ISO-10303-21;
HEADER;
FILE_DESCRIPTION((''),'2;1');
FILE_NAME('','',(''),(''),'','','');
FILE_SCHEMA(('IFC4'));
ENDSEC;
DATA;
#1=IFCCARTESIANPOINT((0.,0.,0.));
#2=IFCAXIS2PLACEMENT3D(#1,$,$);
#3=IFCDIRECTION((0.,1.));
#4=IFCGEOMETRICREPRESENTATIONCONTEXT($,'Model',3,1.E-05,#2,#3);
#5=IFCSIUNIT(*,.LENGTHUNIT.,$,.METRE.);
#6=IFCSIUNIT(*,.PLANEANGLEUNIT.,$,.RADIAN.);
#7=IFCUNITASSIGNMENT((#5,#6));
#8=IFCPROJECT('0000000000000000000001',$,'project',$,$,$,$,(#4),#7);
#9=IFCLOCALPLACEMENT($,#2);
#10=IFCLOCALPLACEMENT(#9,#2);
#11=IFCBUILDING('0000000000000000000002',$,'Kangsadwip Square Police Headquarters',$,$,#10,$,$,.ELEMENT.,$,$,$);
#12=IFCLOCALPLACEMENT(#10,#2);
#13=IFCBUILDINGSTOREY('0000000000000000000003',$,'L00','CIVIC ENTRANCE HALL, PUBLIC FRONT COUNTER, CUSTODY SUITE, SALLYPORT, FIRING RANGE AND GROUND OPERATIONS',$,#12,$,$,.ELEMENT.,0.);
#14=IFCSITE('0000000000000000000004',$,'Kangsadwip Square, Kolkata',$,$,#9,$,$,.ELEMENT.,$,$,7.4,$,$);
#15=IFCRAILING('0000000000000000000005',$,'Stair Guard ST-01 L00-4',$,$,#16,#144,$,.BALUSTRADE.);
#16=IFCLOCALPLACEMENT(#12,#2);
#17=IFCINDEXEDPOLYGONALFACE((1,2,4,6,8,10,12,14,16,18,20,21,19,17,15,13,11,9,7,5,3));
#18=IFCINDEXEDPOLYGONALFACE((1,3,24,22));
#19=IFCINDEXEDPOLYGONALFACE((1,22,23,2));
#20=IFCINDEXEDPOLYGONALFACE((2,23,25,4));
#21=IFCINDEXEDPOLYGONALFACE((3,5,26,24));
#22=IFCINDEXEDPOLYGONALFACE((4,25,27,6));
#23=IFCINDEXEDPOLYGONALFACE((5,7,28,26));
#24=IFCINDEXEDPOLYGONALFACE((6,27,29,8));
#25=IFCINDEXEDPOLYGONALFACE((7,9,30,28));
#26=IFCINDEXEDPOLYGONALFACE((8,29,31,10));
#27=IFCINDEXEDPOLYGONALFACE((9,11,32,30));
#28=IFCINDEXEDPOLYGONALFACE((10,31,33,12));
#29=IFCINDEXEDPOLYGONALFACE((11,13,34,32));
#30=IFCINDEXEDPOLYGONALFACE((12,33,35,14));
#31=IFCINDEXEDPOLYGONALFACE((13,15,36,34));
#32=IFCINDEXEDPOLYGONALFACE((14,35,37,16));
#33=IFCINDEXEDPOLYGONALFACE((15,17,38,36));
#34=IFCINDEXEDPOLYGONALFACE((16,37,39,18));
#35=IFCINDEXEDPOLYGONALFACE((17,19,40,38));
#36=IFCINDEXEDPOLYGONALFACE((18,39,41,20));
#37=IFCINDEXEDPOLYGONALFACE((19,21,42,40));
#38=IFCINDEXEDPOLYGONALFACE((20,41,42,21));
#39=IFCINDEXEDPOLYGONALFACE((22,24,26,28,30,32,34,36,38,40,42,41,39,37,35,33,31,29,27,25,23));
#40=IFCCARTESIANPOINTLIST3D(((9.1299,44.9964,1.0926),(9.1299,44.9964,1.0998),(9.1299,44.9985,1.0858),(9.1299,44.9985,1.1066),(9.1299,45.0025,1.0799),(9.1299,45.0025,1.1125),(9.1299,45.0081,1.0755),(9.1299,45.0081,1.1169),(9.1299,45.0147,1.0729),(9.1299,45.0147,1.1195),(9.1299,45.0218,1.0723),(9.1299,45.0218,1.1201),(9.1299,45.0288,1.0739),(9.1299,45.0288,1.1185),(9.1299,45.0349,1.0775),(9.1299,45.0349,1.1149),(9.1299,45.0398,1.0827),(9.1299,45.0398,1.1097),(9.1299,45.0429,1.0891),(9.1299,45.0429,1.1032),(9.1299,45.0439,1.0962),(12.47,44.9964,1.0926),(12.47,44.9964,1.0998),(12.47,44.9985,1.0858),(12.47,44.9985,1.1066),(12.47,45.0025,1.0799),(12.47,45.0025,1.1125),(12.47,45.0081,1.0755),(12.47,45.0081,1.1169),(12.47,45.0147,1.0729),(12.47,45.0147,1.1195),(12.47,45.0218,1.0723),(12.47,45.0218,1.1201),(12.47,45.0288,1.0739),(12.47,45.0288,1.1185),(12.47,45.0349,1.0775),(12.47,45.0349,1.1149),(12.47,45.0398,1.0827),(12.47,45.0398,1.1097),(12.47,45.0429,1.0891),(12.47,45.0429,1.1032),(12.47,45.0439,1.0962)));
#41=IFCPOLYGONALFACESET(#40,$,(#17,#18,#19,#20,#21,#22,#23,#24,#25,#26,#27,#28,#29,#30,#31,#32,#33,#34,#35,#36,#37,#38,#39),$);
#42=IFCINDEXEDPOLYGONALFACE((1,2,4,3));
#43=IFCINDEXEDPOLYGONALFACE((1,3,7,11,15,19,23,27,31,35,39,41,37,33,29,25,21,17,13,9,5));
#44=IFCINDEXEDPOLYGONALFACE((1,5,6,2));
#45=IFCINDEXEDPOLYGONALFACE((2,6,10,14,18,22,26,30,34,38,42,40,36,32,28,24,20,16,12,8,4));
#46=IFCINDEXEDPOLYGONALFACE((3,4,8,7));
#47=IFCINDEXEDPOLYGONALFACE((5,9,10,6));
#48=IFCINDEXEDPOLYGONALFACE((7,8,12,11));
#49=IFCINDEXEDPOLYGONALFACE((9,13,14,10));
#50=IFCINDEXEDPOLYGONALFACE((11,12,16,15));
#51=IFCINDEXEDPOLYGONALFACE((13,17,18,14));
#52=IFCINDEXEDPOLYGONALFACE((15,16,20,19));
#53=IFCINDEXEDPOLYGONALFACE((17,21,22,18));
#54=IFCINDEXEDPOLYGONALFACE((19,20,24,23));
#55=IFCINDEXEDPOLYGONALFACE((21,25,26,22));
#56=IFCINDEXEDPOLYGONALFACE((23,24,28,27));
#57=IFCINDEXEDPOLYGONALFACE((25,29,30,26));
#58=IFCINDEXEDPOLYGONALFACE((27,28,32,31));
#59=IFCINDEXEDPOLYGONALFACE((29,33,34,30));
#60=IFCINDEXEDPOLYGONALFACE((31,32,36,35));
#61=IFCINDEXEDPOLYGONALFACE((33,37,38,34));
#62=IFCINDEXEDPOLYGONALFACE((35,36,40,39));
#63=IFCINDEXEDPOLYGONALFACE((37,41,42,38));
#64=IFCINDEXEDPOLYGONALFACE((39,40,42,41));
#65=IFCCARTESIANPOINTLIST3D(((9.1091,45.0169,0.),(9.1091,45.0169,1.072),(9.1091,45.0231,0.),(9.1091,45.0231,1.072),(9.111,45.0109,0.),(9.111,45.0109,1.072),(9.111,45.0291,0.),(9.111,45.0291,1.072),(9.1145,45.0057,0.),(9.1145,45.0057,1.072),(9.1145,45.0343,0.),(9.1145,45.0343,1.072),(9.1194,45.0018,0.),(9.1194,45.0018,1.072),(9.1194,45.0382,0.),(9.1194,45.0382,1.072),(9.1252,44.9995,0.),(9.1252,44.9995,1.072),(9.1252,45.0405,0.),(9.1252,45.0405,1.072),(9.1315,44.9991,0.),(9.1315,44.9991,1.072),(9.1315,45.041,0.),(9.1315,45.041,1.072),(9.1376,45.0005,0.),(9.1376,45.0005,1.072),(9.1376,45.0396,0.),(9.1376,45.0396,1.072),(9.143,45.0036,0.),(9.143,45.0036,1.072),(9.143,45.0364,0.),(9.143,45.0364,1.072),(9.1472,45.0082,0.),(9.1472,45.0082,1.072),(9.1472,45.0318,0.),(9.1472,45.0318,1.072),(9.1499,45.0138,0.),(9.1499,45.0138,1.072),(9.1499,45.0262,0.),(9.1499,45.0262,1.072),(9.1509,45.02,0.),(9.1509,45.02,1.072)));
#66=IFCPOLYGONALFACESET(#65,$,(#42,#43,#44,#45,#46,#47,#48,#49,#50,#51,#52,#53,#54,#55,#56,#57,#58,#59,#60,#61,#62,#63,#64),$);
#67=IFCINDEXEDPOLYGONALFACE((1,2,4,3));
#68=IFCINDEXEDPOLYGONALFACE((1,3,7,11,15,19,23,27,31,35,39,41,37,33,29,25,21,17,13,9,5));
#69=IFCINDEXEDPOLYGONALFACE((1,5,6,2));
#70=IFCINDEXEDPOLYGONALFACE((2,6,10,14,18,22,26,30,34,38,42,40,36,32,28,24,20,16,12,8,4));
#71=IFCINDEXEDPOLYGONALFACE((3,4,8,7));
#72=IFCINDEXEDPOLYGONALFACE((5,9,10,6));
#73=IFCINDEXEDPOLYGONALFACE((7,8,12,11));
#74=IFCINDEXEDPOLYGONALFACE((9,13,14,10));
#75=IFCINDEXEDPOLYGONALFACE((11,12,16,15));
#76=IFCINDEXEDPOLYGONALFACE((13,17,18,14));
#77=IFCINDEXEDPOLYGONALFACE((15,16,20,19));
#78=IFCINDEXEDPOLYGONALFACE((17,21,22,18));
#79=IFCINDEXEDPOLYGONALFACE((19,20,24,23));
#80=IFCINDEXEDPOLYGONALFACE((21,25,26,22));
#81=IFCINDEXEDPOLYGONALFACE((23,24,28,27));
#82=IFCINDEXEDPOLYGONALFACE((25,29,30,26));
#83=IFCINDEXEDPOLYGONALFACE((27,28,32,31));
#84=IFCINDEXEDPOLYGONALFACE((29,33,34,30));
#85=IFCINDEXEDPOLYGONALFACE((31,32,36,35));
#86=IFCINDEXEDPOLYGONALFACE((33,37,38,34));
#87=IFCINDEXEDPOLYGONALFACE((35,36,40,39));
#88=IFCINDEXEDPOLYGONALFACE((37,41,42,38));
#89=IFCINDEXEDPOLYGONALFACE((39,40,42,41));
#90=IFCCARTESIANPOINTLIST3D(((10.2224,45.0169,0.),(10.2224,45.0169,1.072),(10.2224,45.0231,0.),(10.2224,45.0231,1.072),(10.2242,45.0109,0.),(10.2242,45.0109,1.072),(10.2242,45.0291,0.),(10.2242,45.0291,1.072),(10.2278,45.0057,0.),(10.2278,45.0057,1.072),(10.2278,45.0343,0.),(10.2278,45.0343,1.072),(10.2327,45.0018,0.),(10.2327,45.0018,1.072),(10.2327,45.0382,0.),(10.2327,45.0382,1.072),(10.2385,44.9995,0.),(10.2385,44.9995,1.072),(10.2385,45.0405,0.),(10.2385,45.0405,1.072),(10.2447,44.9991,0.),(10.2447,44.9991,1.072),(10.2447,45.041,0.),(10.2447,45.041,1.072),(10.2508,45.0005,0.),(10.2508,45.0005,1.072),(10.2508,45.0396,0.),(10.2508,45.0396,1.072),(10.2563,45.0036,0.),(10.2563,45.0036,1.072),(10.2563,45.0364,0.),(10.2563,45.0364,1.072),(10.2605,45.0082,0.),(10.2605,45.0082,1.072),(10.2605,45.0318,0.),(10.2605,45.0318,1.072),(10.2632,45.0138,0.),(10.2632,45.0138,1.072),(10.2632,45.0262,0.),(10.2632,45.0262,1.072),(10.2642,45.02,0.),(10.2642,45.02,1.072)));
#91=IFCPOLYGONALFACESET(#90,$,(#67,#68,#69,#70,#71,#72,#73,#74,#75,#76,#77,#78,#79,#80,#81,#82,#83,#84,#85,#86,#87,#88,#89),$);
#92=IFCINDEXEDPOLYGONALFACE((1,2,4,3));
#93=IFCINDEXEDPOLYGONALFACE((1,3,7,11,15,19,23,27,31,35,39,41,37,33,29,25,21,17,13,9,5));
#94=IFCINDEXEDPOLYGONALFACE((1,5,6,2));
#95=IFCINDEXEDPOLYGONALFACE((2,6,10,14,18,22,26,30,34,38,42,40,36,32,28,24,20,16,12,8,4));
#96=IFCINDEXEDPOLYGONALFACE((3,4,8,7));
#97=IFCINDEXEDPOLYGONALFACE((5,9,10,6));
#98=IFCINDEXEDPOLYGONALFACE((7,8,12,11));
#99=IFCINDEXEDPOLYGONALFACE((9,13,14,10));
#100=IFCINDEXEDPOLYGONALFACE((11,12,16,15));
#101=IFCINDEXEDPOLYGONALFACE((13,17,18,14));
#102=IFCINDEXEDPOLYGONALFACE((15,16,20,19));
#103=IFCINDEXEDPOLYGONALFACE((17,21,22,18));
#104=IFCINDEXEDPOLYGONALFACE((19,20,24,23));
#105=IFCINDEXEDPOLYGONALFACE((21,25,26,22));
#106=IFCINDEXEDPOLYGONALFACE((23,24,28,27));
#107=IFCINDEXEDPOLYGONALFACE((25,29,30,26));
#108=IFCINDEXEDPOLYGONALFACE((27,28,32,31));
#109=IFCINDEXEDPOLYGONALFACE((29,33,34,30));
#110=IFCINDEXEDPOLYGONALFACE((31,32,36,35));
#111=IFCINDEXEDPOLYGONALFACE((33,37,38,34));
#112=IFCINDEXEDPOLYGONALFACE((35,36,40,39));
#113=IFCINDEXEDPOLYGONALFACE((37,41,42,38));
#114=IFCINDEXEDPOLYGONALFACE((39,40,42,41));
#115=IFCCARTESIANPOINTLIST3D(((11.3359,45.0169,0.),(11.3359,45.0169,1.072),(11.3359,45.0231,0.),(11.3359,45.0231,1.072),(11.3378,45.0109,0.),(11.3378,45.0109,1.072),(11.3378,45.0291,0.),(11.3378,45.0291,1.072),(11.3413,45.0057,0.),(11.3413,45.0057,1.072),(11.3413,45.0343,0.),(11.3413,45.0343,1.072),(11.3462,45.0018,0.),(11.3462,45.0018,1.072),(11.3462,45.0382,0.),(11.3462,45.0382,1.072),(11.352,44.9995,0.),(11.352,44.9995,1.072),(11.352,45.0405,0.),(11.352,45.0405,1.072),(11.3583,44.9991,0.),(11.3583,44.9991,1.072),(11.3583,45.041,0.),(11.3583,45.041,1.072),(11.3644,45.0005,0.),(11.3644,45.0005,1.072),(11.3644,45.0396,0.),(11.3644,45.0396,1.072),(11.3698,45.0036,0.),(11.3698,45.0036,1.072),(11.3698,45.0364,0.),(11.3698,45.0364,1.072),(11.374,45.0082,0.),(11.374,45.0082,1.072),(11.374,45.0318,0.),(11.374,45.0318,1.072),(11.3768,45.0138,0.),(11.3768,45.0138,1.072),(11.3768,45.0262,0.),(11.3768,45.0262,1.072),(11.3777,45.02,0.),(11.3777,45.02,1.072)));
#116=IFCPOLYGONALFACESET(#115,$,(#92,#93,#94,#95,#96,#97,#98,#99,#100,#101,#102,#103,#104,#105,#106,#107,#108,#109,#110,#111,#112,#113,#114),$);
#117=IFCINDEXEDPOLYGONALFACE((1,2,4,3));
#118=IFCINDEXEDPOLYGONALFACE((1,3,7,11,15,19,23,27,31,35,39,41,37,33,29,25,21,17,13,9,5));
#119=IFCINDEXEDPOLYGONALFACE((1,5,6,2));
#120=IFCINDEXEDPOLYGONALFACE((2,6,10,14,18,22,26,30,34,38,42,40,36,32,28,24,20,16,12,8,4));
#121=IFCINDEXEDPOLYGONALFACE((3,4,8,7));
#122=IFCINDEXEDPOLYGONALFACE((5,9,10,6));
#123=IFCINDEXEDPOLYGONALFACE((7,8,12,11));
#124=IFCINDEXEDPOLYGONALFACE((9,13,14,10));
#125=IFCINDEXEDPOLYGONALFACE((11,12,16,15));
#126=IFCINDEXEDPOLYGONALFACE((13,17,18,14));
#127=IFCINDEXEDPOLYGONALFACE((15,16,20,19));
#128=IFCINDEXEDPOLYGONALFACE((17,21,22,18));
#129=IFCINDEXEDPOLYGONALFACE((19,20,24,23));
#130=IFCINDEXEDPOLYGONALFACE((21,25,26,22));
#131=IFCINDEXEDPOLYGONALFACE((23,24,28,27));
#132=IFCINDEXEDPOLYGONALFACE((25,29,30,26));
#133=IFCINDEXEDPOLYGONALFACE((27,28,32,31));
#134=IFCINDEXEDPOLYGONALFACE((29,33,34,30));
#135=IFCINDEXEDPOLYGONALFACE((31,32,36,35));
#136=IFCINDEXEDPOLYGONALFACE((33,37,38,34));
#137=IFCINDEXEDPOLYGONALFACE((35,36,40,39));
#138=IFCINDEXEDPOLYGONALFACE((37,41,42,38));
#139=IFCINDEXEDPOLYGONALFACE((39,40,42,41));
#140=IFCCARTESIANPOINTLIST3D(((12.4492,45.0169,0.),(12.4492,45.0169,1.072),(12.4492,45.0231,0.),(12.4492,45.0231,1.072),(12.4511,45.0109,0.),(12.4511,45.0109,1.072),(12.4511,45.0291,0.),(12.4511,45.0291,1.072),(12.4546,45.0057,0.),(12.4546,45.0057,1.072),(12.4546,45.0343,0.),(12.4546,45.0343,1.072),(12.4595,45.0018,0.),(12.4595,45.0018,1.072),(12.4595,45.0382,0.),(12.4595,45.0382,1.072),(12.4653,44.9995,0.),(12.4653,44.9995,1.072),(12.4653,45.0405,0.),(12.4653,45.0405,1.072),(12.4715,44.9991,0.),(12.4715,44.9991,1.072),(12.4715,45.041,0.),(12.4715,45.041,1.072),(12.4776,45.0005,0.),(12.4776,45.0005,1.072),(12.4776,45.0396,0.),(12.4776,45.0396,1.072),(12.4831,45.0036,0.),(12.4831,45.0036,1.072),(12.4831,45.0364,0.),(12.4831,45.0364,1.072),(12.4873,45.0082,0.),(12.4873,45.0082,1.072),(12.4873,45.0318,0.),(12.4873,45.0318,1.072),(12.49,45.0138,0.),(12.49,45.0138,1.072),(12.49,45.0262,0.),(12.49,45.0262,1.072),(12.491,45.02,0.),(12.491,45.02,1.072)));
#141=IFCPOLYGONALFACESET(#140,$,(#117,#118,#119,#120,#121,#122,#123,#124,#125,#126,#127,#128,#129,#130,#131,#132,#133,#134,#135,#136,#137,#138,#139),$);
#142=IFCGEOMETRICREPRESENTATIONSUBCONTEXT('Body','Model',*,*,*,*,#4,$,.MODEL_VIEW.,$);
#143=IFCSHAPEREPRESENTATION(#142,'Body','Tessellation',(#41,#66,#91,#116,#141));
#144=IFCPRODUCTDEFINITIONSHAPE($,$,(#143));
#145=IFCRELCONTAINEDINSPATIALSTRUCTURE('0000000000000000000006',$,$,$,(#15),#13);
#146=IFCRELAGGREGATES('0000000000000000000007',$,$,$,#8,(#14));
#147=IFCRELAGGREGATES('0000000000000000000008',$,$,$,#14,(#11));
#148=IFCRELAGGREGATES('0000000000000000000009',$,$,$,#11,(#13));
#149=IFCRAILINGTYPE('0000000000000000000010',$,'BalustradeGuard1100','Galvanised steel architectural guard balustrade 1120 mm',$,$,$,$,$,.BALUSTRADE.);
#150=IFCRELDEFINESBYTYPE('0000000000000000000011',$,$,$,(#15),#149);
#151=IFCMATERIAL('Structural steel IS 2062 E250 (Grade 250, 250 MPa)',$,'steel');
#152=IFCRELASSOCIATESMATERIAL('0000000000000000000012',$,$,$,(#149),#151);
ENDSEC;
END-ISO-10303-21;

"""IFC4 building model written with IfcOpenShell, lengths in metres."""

from ifc_helpers import new_model, si_unit, direction, frame, origin, origin_2d, place, context, subcontext, project, spatial, circle, extrude, material, type_object, element, save


model = new_model("IFC4")

# Units and contexts
model_context = context("Model", 3, precision=1e-05, world=origin(), true_north=direction((0.0, 1.0)))
body_context = subcontext(model_context, "Body", "Model", "MODEL_VIEW")
ifc_project = project(units=[si_unit("LENGTHUNIT", "METRE"), si_unit("PLANEANGLEUNIT", "RADIAN")], contexts=[model_context])

# Site, building, storey
site_placement = place(None, origin())
site = spatial("IfcSite", under=ifc_project, at=site_placement, Name="Kangsadwip Square, Kolkata", CompositionType="ELEMENT", RefElevation=7.4)
building_placement = place(site_placement, origin())
building = spatial("IfcBuilding", under=site, at=building_placement, Name="Kangsadwip Square Police Headquarters", CompositionType="ELEMENT")
storey_placement = place(building_placement, origin())
storey = spatial("IfcBuildingStorey", under=building, at=storey_placement, Name="L00", Description="CIVIC ENTRANCE HALL, PUBLIC FRONT COUNTER, CUSTODY SUITE, SALLYPORT, FIRING RANGE AND GROUND OPERATIONS", CompositionType="ELEMENT", Elevation=0.0)

# Railing
ifc_material_1 = material(Name="Structural steel IS 2062 E250 (Grade 250, 250 MPa)", Category="steel")
railing_type_1 = type_object("IfcRailingType", Name="BalustradeGuard1100", Description="Galvanised steel architectural guard balustrade 1120 mm", PredefinedType="BALUSTRADE", material=ifc_material_1)
railing_1_placement = place(storey_placement, frame((9.1299, 45.02, 0.0)))
element("IfcRailing", 1, at=railing_1_placement, inside=storey, type_object=railing_type_1, Name="Stair Guard ST-01 L00-4", PredefinedType="BALUSTRADE", context=body_context, shape_type="SweptSolid", body=[
    extrude(circle(Radius=0.0239, at=origin_2d()), frame((0.0, 0.0, 1.0962), z_axis=(1.0, 0.0, 0.0), x_axis=(0.0, 1.0, 0.0)), (0.0, 0.0, 1.0), 3.3401),
    extrude(circle(Radius=0.021, at=origin_2d()), origin(), (0.0, 0.0, 1.0), 1.072),
    extrude(circle(Radius=0.021, at=origin_2d()), frame((1.1133, 0.0, 0.0)), (0.0, 0.0, 1.0), 1.072),
    extrude(circle(Radius=0.021, at=origin_2d()), frame((2.2268, 0.0, 0.0)), (0.0, 0.0, 1.0), 1.072),
    extrude(circle(Radius=0.021, at=origin_2d()), frame((3.3401, 0.0, 0.0)), (0.0, 0.0, 1.0), 1.072),
])

save(model, "model.ifc")
